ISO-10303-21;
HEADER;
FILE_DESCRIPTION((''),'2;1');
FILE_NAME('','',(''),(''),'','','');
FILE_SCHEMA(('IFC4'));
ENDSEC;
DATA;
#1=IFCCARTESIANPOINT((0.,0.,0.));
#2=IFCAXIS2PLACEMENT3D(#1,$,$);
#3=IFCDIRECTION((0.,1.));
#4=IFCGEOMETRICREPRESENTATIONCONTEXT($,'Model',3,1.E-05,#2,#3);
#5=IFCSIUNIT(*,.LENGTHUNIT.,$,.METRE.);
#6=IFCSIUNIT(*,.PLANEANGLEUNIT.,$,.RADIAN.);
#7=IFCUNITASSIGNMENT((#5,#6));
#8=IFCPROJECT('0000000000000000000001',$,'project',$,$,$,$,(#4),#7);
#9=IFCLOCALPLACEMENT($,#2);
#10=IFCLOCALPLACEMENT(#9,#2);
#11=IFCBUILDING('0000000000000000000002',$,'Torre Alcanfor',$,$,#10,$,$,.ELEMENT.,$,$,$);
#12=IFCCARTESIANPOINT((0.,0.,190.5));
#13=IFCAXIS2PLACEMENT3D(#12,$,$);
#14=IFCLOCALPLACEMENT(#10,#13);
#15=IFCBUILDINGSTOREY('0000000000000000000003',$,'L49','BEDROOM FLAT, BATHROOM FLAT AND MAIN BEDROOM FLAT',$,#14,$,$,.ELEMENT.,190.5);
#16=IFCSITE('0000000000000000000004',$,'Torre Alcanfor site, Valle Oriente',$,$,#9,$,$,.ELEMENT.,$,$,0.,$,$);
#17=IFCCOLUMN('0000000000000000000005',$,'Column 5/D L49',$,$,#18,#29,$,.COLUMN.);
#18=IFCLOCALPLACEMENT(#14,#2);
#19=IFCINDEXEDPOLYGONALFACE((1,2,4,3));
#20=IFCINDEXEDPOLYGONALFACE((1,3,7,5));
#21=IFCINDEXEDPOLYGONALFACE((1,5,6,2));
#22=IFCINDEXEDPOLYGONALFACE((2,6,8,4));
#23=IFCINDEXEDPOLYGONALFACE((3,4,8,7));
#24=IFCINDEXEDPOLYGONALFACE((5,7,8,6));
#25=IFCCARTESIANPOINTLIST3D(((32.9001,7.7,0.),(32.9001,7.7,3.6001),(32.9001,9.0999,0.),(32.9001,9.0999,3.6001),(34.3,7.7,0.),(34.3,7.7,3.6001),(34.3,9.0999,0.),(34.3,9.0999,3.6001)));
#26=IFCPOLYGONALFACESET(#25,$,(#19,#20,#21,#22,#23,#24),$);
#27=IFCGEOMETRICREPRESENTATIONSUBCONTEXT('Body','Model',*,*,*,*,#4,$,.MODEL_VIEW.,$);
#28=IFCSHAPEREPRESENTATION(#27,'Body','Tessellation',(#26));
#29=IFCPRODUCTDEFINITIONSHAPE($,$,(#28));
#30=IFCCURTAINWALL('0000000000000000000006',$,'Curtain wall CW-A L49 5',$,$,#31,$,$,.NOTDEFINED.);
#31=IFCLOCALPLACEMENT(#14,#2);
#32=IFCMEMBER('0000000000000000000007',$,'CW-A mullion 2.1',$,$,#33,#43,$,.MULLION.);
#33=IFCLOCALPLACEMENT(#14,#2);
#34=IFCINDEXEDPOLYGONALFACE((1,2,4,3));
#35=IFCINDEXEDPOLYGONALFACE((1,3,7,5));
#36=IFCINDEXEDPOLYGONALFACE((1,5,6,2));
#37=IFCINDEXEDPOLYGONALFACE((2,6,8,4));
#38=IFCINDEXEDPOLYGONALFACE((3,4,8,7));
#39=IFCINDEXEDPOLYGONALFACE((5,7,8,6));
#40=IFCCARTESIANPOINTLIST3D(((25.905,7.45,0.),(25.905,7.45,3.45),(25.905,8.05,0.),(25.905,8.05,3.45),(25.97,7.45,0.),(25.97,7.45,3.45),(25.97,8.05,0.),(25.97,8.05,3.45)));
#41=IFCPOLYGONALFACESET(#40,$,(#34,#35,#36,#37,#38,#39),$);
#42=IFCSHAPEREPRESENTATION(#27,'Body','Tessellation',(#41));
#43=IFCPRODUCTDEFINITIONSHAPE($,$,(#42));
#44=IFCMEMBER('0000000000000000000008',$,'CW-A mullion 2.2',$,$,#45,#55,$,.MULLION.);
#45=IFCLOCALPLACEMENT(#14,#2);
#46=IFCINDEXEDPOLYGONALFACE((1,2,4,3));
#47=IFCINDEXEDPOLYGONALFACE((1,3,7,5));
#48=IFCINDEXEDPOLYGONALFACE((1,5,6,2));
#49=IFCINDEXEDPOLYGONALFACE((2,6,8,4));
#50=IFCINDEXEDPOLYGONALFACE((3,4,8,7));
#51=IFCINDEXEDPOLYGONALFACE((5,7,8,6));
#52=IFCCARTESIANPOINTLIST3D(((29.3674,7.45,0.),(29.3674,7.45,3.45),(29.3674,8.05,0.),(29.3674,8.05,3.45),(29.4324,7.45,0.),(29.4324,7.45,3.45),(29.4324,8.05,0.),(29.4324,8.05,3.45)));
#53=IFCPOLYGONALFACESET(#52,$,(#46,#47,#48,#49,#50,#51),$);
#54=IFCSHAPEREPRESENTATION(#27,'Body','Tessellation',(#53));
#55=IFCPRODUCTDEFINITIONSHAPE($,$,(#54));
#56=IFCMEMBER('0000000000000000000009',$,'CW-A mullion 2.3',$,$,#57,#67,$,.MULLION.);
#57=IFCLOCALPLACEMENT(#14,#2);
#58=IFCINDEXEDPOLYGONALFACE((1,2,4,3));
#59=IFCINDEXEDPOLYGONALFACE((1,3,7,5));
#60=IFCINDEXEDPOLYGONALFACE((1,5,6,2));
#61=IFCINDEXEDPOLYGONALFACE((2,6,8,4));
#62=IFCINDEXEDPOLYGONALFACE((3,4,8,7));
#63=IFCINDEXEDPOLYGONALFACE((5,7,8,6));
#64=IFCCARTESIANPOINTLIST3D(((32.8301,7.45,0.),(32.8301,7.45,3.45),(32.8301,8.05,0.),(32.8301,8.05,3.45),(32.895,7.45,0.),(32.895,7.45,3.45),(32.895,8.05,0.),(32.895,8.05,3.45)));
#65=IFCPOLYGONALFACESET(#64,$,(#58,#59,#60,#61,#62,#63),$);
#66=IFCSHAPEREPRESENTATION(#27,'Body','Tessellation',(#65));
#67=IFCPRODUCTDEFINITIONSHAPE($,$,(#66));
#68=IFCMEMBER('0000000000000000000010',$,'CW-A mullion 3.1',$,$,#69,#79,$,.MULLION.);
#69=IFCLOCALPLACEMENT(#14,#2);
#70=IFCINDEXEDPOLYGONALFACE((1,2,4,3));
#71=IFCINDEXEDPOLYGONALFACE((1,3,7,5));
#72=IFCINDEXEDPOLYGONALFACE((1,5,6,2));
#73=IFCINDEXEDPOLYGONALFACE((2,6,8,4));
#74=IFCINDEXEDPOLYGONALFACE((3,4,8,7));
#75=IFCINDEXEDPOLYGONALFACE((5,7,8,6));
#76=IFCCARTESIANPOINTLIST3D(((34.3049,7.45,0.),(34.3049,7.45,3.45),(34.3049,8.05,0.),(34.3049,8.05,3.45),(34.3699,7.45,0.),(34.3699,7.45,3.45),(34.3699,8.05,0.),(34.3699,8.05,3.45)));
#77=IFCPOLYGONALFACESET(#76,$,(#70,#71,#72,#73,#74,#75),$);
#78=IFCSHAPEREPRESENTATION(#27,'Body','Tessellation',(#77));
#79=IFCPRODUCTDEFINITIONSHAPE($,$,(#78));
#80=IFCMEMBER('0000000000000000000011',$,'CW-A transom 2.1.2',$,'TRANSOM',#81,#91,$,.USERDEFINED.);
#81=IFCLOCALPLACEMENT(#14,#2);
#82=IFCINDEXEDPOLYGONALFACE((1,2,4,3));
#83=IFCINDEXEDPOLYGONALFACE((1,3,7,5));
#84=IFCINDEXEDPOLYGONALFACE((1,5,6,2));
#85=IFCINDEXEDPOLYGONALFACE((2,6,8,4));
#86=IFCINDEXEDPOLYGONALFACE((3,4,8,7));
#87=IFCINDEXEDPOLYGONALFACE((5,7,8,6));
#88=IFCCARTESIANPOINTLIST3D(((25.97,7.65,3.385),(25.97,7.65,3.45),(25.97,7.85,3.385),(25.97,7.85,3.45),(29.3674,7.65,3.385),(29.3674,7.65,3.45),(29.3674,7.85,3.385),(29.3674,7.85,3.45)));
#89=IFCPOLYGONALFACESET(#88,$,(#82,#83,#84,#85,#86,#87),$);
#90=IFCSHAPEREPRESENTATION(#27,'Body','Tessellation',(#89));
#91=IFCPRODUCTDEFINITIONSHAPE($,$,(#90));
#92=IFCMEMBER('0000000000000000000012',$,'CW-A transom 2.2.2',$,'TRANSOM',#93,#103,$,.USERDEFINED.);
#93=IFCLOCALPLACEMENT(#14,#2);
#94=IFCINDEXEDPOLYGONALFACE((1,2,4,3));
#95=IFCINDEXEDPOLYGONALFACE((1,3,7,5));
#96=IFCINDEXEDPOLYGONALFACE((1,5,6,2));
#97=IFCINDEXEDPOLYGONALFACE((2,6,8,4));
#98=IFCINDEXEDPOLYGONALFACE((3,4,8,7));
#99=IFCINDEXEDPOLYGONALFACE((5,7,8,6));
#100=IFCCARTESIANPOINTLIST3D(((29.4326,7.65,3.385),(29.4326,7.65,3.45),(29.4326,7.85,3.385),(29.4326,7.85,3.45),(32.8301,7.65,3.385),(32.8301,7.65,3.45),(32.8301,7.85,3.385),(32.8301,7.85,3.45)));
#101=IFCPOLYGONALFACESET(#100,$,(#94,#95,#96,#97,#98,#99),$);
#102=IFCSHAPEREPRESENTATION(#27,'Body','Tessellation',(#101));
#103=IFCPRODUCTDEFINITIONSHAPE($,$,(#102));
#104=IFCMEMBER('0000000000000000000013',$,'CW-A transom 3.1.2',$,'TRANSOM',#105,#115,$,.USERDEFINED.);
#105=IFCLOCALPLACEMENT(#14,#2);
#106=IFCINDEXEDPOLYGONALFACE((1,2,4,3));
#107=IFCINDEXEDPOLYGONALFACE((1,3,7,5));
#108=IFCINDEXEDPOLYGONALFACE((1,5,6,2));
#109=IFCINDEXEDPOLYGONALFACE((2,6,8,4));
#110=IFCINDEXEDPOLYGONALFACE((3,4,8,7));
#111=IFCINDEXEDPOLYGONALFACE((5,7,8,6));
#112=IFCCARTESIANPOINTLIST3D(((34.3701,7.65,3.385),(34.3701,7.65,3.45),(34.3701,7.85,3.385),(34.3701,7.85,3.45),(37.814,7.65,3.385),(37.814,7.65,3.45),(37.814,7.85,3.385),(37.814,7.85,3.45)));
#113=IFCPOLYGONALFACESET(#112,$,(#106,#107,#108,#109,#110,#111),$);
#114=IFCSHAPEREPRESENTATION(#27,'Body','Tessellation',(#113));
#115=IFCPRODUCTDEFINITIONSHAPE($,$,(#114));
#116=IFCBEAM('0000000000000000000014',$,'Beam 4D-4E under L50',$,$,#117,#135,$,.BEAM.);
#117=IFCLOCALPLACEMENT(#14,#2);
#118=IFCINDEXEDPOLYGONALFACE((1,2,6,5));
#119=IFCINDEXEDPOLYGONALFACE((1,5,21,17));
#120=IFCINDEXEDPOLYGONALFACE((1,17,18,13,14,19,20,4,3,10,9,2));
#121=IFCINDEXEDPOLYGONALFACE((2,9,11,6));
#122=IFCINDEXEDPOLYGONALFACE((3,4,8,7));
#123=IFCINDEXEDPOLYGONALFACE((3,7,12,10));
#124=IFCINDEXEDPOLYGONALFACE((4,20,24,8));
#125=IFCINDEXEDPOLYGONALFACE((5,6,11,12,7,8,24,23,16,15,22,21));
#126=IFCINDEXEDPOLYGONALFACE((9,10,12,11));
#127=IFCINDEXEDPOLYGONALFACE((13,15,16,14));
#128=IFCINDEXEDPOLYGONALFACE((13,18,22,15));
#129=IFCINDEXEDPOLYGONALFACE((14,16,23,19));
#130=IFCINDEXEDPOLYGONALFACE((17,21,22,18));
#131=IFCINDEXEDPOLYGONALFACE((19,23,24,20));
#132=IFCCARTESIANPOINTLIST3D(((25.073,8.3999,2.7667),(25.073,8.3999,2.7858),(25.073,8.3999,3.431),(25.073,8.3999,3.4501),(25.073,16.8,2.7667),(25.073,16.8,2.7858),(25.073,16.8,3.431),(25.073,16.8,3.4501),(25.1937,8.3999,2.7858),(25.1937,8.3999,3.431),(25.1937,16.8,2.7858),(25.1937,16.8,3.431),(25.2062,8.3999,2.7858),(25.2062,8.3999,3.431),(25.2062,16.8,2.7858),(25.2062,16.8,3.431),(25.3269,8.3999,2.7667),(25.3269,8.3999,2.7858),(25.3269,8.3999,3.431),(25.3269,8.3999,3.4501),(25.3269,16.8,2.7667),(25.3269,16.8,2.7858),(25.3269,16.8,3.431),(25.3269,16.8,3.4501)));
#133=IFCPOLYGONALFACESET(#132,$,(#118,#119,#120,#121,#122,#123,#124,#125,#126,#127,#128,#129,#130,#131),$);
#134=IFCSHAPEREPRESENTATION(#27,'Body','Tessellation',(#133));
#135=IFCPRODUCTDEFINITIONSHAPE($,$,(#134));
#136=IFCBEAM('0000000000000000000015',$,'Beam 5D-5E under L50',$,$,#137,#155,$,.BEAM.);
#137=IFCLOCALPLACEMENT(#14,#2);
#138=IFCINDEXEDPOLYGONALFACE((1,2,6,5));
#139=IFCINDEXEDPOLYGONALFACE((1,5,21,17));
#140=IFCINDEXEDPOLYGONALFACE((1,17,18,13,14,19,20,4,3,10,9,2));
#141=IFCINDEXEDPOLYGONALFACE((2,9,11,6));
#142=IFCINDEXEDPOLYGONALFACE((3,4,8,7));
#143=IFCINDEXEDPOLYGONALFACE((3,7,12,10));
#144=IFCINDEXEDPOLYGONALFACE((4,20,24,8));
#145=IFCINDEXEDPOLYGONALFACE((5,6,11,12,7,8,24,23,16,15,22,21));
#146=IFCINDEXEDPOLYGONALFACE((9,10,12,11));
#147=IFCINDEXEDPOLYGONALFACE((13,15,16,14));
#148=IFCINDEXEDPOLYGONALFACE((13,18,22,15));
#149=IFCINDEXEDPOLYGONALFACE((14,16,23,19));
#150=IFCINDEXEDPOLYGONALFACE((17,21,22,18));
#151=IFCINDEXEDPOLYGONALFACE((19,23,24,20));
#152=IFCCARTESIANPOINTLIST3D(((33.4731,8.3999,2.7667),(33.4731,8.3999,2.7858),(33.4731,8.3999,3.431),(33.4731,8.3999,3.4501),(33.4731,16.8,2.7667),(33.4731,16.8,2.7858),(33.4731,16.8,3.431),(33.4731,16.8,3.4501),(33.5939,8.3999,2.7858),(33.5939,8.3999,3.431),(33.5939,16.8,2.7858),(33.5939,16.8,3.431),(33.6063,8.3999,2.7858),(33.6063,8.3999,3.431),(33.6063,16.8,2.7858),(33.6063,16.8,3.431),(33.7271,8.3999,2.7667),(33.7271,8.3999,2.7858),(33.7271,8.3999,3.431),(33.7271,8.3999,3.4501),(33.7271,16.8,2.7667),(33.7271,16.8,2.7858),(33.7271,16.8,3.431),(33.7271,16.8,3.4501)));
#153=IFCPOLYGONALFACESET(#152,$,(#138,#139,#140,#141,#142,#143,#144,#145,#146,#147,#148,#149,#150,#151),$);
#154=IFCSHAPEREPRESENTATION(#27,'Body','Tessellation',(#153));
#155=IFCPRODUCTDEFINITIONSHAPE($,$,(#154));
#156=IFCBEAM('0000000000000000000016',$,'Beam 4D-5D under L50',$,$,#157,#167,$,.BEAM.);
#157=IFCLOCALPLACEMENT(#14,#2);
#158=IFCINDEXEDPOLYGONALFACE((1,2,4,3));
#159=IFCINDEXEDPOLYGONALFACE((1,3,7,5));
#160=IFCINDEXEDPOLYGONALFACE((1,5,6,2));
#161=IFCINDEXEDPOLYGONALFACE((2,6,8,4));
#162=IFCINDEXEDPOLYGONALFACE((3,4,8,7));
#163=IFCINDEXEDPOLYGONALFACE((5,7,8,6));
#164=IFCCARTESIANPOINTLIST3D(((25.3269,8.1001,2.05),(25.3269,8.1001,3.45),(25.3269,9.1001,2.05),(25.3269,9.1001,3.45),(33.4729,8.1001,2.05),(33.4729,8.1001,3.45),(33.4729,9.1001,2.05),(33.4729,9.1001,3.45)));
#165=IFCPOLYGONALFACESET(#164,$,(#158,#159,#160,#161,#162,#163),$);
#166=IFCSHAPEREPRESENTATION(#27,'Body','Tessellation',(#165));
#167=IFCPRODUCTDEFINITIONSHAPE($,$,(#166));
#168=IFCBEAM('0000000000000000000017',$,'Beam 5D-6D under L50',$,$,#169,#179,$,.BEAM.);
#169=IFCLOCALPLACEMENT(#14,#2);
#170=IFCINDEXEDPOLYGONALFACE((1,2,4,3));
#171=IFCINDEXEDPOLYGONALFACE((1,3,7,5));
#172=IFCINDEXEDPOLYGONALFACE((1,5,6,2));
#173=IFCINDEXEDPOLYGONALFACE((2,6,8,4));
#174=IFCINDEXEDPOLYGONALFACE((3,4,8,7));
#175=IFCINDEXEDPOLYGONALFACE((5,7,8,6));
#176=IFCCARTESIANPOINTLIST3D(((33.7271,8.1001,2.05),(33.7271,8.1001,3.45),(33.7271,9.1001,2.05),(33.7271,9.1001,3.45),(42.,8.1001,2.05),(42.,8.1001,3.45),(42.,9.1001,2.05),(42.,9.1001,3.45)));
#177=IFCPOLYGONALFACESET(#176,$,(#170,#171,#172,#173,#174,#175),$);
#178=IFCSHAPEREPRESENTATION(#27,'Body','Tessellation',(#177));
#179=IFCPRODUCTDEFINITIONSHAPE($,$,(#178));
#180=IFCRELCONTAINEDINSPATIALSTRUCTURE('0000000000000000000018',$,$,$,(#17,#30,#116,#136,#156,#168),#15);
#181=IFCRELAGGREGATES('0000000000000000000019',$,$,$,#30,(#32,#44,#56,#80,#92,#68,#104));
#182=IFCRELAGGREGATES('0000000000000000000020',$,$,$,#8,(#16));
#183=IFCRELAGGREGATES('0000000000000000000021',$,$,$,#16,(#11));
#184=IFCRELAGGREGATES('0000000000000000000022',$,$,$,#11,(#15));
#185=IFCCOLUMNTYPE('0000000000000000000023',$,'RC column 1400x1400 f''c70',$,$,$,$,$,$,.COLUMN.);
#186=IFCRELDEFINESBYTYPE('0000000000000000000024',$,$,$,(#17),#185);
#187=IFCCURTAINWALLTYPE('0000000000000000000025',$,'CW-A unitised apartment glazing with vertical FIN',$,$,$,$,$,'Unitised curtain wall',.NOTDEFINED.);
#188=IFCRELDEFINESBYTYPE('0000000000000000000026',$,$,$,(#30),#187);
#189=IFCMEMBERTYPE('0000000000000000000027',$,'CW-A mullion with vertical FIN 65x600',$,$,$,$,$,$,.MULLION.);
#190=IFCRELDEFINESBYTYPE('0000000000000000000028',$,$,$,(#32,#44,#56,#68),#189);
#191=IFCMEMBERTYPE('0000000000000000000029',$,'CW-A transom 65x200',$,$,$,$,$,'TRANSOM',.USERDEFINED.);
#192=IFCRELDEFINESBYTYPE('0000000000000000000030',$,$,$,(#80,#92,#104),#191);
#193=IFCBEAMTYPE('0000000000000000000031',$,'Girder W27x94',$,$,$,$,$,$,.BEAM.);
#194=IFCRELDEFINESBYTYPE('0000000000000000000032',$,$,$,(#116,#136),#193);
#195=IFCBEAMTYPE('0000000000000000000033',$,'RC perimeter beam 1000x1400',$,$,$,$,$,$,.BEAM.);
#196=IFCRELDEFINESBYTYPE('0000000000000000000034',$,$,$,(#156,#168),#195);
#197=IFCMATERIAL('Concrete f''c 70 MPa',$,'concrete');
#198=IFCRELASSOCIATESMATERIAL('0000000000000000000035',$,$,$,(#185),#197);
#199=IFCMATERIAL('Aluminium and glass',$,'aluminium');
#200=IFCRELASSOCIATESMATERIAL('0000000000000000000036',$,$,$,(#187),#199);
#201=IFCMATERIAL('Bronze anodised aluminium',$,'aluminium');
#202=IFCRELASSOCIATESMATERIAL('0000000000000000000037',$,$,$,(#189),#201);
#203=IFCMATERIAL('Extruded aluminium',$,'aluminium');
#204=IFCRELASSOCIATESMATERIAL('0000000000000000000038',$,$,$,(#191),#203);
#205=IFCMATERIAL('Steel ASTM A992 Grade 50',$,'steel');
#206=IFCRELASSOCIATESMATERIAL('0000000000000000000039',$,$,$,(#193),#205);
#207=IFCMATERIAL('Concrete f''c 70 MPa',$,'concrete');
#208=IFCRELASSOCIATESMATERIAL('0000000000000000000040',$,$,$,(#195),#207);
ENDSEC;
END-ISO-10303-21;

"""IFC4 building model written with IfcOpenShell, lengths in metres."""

from ifc_helpers import new_model, si_unit, direction, frame, origin, origin_2d, place, context, subcontext, project, spatial, rectangle, i_section, extrude, material, material_profile, profile_set, type_object, element, aggregate, save


model = new_model("IFC4")

# Units and contexts
model_context = context("Model", 3, precision=1e-05, world=origin(), true_north=direction((0.0, 1.0)))
body_context = subcontext(model_context, "Body", "Model", "MODEL_VIEW")
ifc_project = project(units=[si_unit("LENGTHUNIT", "METRE"), si_unit("PLANEANGLEUNIT", "RADIAN")], contexts=[model_context])

# Site, building, storey
site_placement = place(None, origin())
site = spatial("IfcSite", under=ifc_project, at=site_placement, Name="Torre Alcanfor site, Valle Oriente", CompositionType="ELEMENT", RefElevation=0.0)
building_placement = place(site_placement, origin())
building = spatial("IfcBuilding", under=site, at=building_placement, Name="Torre Alcanfor", CompositionType="ELEMENT")
storey_placement = place(building_placement, frame((0.0, 0.0, 190.5)))
storey = spatial("IfcBuildingStorey", under=building, at=storey_placement, Name="L49", Description="BEDROOM FLAT, BATHROOM FLAT AND MAIN BEDROOM FLAT", CompositionType="ELEMENT", Elevation=190.5)

# Column
ifc_material_1 = material(Name="Concrete f'c 70 MPa", Category="concrete")
ifc_material_profile_1 = material_profile(ifc_material_1, rectangle(XDim=1.3999, YDim=1.3999, at=origin_2d()), Name="1400x1400")
ifc_profile_set_1 = profile_set([ifc_material_profile_1], Name="Concrete f'c 70 MPa")
column_type = type_object("IfcColumnType", Name="RC column 1400x1400 f'c70", PredefinedType="COLUMN", material=ifc_profile_set_1)
column_placement = place(storey_placement, frame((33.6001, 8.3999, 0.0), z_axis=(0.0, 0.0, 1.0), x_axis=(1.0, 0.0, 0.0)))
element("IfcColumn", 1, at=column_placement, inside=storey, type_object=column_type, Name="Column 5/D L49", PredefinedType="COLUMN", context=body_context, shape_type="SweptSolid", body=[
    extrude(rectangle(XDim=1.3999, YDim=1.3999, at=origin_2d()), origin(), (0.0, 0.0, 1.0), 3.6001),
])

# Curtain wall, members
ifc_material_2 = material(Name="Aluminium and glass", Category="aluminium")
curtain_wall_type = type_object("IfcCurtainWallType", Name="CW-A unitised apartment glazing with vertical FIN", ElementType="Unitised curtain wall", PredefinedType="NOTDEFINED", material=ifc_material_2)
curtain_wall_placement = place(storey_placement, origin())
curtain_wall = element("IfcCurtainWall", 2, at=curtain_wall_placement, inside=storey, type_object=curtain_wall_type, Name="Curtain wall CW-A L49 5", PredefinedType="NOTDEFINED")
ifc_material_3 = material(Name="Bronze anodised aluminium", Category="aluminium")
ifc_material_profile_2 = material_profile(ifc_material_3, rectangle(XDim=0.6001, YDim=0.0649, at=origin_2d()), Name="CW-A mullion 65x600")
ifc_profile_set_2 = profile_set([ifc_material_profile_2], Name="Bronze anodised aluminium")
member_type_1 = type_object("IfcMemberType", Name="CW-A mullion with vertical FIN 65x600", PredefinedType="MULLION", material=ifc_profile_set_2)
member_1_placement = place(storey_placement, frame((25.9375, 7.75, 0.0), z_axis=(0.0, 0.0, 1.0), x_axis=(0.0, 1.0, 0.0)))
member_1 = element("IfcMember", 3, at=member_1_placement, type_object=member_type_1, Name="CW-A mullion 2.1", PredefinedType="MULLION", context=body_context, shape_type="SweptSolid", body=[
    extrude(rectangle(XDim=0.6001, YDim=0.0649, at=origin_2d()), origin(), (0.0, 0.0, 1.0), 3.45),
])
member_2_placement = place(storey_placement, frame((29.3999, 7.75, 0.0), z_axis=(0.0, 0.0, 1.0), x_axis=(0.0, 1.0, 0.0)))
member_2 = element("IfcMember", 4, at=member_2_placement, type_object=member_type_1, Name="CW-A mullion 2.2", PredefinedType="MULLION", context=body_context, shape_type="SweptSolid", body=[
    extrude(rectangle(XDim=0.6001, YDim=0.0649, at=origin_2d()), origin(), (0.0, 0.0, 1.0), 3.45),
])
member_3_placement = place(storey_placement, frame((32.8625, 7.75, 0.0), z_axis=(0.0, 0.0, 1.0), x_axis=(0.0, 1.0, 0.0)))
member_3 = element("IfcMember", 5, at=member_3_placement, type_object=member_type_1, Name="CW-A mullion 2.3", PredefinedType="MULLION", context=body_context, shape_type="SweptSolid", body=[
    extrude(rectangle(XDim=0.6001, YDim=0.0649, at=origin_2d()), origin(), (0.0, 0.0, 1.0), 3.45),
])
member_4_placement = place(storey_placement, frame((34.3374, 7.75, 0.0), z_axis=(0.0, 0.0, 1.0), x_axis=(0.0, 1.0, 0.0)))
member_4 = element("IfcMember", 6, at=member_4_placement, type_object=member_type_1, Name="CW-A mullion 3.1", PredefinedType="MULLION", context=body_context, shape_type="SweptSolid", body=[
    extrude(rectangle(XDim=0.6001, YDim=0.0649, at=origin_2d()), origin(), (0.0, 0.0, 1.0), 3.45),
])
ifc_material_4 = material(Name="Extruded aluminium", Category="aluminium")
ifc_material_profile_3 = material_profile(ifc_material_4, rectangle(XDim=0.2, YDim=0.0649, at=origin_2d()), Name="CW-A transom 200x65")
ifc_profile_set_3 = profile_set([ifc_material_profile_3], Name="Extruded aluminium")
member_type_2 = type_object("IfcMemberType", Name="CW-A transom 65x200", ElementType="TRANSOM", PredefinedType="USERDEFINED", material=ifc_profile_set_3)
member_5_placement = place(storey_placement, frame((25.97, 7.75, 3.4175), z_axis=(1.0, 0.0, 0.0), x_axis=(0.0, 1.0, 0.0)))
member_5 = element("IfcMember", 7, at=member_5_placement, type_object=member_type_2, Name="CW-A transom 2.1.2", ObjectType="TRANSOM", PredefinedType="USERDEFINED", context=body_context, shape_type="SweptSolid", body=[
    extrude(rectangle(XDim=0.2, YDim=0.0649, at=origin_2d()), origin(), (0.0, 0.0, 1.0), 3.3975),
])
member_6_placement = place(storey_placement, frame((29.4326, 7.75, 3.4175), z_axis=(1.0, 0.0, 0.0), x_axis=(0.0, 1.0, 0.0)))
member_6 = element("IfcMember", 8, at=member_6_placement, type_object=member_type_2, Name="CW-A transom 2.2.2", ObjectType="TRANSOM", PredefinedType="USERDEFINED", context=body_context, shape_type="SweptSolid", body=[
    extrude(rectangle(XDim=0.2, YDim=0.0649, at=origin_2d()), origin(), (0.0, 0.0, 1.0), 3.3975),
])
member_7_placement = place(storey_placement, frame((34.3701, 7.75, 3.4175), z_axis=(1.0, 0.0, 0.0), x_axis=(0.0, 1.0, 0.0)))
member_7 = element("IfcMember", 9, at=member_7_placement, type_object=member_type_2, Name="CW-A transom 3.1.2", ObjectType="TRANSOM", PredefinedType="USERDEFINED", context=body_context, shape_type="SweptSolid", body=[
    extrude(rectangle(XDim=0.2, YDim=0.0649, at=origin_2d()), origin(), (0.0, 0.0, 1.0), 3.4438),
])

# Beams
ifc_material_5 = material(Name="Steel ASTM A992 Grade 50", Category="steel")
ifc_material_profile_4 = material_profile(ifc_material_5, i_section(OverallWidth=0.2539, OverallDepth=0.6833, WebThickness=0.0125, FlangeThickness=0.019, at=origin_2d()), Name="W27x94")
ifc_profile_set_4 = profile_set([ifc_material_profile_4], Name="Steel ASTM A992 Grade 50")
beam_type_1 = type_object("IfcBeamType", Name="Girder W27x94", PredefinedType="BEAM", material=ifc_profile_set_4)
for number, where, z_axis, x_axis, name in (
    (10, (25.2, 8.3999, 3.1084), (0.0, 1.0, 0.0), (-1.0, 0.0, 0.0), "Beam 4D-4E under L50"),
    (11, (33.6001, 8.3999, 3.1084), (0.0, 1.0, 0.0), (-1.0, 0.0, 0.0), "Beam 5D-5E under L50"),
):
    element("IfcBeam", number, at=place(storey_placement, frame(where, z_axis=z_axis, x_axis=x_axis)), inside=storey, type_object=beam_type_1, Name=name, PredefinedType="BEAM", context=body_context, shape_type="SweptSolid", body=[
        extrude(i_section(OverallWidth=0.2539, OverallDepth=0.6833, WebThickness=0.0125, FlangeThickness=0.019, at=origin_2d()), origin(), (0.0, 0.0, 1.0), 8.4001),
    ])
ifc_material_6 = material(Name="Concrete f'c 70 MPa", Category="concrete")
ifc_material_profile_5 = material_profile(ifc_material_6, rectangle(XDim=1.0, YDim=1.3999, at=origin_2d()), Name="1000x1400")
ifc_profile_set_5 = profile_set([ifc_material_profile_5], Name="Concrete f'c 70 MPa")
beam_type_2 = type_object("IfcBeamType", Name="RC perimeter beam 1000x1400", PredefinedType="BEAM", material=ifc_profile_set_5)
beam_1_placement = place(storey_placement, frame((25.3269, 8.6001, 2.75), z_axis=(1.0, 0.0, 0.0), x_axis=(0.0, 1.0, 0.0)))
element("IfcBeam", 12, at=beam_1_placement, inside=storey, type_object=beam_type_2, Name="Beam 4D-5D under L50", PredefinedType="BEAM", context=body_context, shape_type="SweptSolid", body=[
    extrude(rectangle(XDim=1.0, YDim=1.3999, at=origin_2d()), origin(), (0.0, 0.0, 1.0), 8.146),
])
beam_2_placement = place(storey_placement, frame((33.7271, 8.6001, 2.75), z_axis=(1.0, 0.0, 0.0), x_axis=(0.0, 1.0, 0.0)))
element("IfcBeam", 13, at=beam_2_placement, inside=storey, type_object=beam_type_2, Name="Beam 5D-6D under L50", PredefinedType="BEAM", context=body_context, shape_type="SweptSolid", body=[
    extrude(rectangle(XDim=1.0, YDim=1.3999, at=origin_2d()), origin(), (0.0, 0.0, 1.0), 8.2729),
])

aggregate(curtain_wall, [member_1, member_2, member_3, member_5, member_6, member_4, member_7])

save(model, "model.ifc")
